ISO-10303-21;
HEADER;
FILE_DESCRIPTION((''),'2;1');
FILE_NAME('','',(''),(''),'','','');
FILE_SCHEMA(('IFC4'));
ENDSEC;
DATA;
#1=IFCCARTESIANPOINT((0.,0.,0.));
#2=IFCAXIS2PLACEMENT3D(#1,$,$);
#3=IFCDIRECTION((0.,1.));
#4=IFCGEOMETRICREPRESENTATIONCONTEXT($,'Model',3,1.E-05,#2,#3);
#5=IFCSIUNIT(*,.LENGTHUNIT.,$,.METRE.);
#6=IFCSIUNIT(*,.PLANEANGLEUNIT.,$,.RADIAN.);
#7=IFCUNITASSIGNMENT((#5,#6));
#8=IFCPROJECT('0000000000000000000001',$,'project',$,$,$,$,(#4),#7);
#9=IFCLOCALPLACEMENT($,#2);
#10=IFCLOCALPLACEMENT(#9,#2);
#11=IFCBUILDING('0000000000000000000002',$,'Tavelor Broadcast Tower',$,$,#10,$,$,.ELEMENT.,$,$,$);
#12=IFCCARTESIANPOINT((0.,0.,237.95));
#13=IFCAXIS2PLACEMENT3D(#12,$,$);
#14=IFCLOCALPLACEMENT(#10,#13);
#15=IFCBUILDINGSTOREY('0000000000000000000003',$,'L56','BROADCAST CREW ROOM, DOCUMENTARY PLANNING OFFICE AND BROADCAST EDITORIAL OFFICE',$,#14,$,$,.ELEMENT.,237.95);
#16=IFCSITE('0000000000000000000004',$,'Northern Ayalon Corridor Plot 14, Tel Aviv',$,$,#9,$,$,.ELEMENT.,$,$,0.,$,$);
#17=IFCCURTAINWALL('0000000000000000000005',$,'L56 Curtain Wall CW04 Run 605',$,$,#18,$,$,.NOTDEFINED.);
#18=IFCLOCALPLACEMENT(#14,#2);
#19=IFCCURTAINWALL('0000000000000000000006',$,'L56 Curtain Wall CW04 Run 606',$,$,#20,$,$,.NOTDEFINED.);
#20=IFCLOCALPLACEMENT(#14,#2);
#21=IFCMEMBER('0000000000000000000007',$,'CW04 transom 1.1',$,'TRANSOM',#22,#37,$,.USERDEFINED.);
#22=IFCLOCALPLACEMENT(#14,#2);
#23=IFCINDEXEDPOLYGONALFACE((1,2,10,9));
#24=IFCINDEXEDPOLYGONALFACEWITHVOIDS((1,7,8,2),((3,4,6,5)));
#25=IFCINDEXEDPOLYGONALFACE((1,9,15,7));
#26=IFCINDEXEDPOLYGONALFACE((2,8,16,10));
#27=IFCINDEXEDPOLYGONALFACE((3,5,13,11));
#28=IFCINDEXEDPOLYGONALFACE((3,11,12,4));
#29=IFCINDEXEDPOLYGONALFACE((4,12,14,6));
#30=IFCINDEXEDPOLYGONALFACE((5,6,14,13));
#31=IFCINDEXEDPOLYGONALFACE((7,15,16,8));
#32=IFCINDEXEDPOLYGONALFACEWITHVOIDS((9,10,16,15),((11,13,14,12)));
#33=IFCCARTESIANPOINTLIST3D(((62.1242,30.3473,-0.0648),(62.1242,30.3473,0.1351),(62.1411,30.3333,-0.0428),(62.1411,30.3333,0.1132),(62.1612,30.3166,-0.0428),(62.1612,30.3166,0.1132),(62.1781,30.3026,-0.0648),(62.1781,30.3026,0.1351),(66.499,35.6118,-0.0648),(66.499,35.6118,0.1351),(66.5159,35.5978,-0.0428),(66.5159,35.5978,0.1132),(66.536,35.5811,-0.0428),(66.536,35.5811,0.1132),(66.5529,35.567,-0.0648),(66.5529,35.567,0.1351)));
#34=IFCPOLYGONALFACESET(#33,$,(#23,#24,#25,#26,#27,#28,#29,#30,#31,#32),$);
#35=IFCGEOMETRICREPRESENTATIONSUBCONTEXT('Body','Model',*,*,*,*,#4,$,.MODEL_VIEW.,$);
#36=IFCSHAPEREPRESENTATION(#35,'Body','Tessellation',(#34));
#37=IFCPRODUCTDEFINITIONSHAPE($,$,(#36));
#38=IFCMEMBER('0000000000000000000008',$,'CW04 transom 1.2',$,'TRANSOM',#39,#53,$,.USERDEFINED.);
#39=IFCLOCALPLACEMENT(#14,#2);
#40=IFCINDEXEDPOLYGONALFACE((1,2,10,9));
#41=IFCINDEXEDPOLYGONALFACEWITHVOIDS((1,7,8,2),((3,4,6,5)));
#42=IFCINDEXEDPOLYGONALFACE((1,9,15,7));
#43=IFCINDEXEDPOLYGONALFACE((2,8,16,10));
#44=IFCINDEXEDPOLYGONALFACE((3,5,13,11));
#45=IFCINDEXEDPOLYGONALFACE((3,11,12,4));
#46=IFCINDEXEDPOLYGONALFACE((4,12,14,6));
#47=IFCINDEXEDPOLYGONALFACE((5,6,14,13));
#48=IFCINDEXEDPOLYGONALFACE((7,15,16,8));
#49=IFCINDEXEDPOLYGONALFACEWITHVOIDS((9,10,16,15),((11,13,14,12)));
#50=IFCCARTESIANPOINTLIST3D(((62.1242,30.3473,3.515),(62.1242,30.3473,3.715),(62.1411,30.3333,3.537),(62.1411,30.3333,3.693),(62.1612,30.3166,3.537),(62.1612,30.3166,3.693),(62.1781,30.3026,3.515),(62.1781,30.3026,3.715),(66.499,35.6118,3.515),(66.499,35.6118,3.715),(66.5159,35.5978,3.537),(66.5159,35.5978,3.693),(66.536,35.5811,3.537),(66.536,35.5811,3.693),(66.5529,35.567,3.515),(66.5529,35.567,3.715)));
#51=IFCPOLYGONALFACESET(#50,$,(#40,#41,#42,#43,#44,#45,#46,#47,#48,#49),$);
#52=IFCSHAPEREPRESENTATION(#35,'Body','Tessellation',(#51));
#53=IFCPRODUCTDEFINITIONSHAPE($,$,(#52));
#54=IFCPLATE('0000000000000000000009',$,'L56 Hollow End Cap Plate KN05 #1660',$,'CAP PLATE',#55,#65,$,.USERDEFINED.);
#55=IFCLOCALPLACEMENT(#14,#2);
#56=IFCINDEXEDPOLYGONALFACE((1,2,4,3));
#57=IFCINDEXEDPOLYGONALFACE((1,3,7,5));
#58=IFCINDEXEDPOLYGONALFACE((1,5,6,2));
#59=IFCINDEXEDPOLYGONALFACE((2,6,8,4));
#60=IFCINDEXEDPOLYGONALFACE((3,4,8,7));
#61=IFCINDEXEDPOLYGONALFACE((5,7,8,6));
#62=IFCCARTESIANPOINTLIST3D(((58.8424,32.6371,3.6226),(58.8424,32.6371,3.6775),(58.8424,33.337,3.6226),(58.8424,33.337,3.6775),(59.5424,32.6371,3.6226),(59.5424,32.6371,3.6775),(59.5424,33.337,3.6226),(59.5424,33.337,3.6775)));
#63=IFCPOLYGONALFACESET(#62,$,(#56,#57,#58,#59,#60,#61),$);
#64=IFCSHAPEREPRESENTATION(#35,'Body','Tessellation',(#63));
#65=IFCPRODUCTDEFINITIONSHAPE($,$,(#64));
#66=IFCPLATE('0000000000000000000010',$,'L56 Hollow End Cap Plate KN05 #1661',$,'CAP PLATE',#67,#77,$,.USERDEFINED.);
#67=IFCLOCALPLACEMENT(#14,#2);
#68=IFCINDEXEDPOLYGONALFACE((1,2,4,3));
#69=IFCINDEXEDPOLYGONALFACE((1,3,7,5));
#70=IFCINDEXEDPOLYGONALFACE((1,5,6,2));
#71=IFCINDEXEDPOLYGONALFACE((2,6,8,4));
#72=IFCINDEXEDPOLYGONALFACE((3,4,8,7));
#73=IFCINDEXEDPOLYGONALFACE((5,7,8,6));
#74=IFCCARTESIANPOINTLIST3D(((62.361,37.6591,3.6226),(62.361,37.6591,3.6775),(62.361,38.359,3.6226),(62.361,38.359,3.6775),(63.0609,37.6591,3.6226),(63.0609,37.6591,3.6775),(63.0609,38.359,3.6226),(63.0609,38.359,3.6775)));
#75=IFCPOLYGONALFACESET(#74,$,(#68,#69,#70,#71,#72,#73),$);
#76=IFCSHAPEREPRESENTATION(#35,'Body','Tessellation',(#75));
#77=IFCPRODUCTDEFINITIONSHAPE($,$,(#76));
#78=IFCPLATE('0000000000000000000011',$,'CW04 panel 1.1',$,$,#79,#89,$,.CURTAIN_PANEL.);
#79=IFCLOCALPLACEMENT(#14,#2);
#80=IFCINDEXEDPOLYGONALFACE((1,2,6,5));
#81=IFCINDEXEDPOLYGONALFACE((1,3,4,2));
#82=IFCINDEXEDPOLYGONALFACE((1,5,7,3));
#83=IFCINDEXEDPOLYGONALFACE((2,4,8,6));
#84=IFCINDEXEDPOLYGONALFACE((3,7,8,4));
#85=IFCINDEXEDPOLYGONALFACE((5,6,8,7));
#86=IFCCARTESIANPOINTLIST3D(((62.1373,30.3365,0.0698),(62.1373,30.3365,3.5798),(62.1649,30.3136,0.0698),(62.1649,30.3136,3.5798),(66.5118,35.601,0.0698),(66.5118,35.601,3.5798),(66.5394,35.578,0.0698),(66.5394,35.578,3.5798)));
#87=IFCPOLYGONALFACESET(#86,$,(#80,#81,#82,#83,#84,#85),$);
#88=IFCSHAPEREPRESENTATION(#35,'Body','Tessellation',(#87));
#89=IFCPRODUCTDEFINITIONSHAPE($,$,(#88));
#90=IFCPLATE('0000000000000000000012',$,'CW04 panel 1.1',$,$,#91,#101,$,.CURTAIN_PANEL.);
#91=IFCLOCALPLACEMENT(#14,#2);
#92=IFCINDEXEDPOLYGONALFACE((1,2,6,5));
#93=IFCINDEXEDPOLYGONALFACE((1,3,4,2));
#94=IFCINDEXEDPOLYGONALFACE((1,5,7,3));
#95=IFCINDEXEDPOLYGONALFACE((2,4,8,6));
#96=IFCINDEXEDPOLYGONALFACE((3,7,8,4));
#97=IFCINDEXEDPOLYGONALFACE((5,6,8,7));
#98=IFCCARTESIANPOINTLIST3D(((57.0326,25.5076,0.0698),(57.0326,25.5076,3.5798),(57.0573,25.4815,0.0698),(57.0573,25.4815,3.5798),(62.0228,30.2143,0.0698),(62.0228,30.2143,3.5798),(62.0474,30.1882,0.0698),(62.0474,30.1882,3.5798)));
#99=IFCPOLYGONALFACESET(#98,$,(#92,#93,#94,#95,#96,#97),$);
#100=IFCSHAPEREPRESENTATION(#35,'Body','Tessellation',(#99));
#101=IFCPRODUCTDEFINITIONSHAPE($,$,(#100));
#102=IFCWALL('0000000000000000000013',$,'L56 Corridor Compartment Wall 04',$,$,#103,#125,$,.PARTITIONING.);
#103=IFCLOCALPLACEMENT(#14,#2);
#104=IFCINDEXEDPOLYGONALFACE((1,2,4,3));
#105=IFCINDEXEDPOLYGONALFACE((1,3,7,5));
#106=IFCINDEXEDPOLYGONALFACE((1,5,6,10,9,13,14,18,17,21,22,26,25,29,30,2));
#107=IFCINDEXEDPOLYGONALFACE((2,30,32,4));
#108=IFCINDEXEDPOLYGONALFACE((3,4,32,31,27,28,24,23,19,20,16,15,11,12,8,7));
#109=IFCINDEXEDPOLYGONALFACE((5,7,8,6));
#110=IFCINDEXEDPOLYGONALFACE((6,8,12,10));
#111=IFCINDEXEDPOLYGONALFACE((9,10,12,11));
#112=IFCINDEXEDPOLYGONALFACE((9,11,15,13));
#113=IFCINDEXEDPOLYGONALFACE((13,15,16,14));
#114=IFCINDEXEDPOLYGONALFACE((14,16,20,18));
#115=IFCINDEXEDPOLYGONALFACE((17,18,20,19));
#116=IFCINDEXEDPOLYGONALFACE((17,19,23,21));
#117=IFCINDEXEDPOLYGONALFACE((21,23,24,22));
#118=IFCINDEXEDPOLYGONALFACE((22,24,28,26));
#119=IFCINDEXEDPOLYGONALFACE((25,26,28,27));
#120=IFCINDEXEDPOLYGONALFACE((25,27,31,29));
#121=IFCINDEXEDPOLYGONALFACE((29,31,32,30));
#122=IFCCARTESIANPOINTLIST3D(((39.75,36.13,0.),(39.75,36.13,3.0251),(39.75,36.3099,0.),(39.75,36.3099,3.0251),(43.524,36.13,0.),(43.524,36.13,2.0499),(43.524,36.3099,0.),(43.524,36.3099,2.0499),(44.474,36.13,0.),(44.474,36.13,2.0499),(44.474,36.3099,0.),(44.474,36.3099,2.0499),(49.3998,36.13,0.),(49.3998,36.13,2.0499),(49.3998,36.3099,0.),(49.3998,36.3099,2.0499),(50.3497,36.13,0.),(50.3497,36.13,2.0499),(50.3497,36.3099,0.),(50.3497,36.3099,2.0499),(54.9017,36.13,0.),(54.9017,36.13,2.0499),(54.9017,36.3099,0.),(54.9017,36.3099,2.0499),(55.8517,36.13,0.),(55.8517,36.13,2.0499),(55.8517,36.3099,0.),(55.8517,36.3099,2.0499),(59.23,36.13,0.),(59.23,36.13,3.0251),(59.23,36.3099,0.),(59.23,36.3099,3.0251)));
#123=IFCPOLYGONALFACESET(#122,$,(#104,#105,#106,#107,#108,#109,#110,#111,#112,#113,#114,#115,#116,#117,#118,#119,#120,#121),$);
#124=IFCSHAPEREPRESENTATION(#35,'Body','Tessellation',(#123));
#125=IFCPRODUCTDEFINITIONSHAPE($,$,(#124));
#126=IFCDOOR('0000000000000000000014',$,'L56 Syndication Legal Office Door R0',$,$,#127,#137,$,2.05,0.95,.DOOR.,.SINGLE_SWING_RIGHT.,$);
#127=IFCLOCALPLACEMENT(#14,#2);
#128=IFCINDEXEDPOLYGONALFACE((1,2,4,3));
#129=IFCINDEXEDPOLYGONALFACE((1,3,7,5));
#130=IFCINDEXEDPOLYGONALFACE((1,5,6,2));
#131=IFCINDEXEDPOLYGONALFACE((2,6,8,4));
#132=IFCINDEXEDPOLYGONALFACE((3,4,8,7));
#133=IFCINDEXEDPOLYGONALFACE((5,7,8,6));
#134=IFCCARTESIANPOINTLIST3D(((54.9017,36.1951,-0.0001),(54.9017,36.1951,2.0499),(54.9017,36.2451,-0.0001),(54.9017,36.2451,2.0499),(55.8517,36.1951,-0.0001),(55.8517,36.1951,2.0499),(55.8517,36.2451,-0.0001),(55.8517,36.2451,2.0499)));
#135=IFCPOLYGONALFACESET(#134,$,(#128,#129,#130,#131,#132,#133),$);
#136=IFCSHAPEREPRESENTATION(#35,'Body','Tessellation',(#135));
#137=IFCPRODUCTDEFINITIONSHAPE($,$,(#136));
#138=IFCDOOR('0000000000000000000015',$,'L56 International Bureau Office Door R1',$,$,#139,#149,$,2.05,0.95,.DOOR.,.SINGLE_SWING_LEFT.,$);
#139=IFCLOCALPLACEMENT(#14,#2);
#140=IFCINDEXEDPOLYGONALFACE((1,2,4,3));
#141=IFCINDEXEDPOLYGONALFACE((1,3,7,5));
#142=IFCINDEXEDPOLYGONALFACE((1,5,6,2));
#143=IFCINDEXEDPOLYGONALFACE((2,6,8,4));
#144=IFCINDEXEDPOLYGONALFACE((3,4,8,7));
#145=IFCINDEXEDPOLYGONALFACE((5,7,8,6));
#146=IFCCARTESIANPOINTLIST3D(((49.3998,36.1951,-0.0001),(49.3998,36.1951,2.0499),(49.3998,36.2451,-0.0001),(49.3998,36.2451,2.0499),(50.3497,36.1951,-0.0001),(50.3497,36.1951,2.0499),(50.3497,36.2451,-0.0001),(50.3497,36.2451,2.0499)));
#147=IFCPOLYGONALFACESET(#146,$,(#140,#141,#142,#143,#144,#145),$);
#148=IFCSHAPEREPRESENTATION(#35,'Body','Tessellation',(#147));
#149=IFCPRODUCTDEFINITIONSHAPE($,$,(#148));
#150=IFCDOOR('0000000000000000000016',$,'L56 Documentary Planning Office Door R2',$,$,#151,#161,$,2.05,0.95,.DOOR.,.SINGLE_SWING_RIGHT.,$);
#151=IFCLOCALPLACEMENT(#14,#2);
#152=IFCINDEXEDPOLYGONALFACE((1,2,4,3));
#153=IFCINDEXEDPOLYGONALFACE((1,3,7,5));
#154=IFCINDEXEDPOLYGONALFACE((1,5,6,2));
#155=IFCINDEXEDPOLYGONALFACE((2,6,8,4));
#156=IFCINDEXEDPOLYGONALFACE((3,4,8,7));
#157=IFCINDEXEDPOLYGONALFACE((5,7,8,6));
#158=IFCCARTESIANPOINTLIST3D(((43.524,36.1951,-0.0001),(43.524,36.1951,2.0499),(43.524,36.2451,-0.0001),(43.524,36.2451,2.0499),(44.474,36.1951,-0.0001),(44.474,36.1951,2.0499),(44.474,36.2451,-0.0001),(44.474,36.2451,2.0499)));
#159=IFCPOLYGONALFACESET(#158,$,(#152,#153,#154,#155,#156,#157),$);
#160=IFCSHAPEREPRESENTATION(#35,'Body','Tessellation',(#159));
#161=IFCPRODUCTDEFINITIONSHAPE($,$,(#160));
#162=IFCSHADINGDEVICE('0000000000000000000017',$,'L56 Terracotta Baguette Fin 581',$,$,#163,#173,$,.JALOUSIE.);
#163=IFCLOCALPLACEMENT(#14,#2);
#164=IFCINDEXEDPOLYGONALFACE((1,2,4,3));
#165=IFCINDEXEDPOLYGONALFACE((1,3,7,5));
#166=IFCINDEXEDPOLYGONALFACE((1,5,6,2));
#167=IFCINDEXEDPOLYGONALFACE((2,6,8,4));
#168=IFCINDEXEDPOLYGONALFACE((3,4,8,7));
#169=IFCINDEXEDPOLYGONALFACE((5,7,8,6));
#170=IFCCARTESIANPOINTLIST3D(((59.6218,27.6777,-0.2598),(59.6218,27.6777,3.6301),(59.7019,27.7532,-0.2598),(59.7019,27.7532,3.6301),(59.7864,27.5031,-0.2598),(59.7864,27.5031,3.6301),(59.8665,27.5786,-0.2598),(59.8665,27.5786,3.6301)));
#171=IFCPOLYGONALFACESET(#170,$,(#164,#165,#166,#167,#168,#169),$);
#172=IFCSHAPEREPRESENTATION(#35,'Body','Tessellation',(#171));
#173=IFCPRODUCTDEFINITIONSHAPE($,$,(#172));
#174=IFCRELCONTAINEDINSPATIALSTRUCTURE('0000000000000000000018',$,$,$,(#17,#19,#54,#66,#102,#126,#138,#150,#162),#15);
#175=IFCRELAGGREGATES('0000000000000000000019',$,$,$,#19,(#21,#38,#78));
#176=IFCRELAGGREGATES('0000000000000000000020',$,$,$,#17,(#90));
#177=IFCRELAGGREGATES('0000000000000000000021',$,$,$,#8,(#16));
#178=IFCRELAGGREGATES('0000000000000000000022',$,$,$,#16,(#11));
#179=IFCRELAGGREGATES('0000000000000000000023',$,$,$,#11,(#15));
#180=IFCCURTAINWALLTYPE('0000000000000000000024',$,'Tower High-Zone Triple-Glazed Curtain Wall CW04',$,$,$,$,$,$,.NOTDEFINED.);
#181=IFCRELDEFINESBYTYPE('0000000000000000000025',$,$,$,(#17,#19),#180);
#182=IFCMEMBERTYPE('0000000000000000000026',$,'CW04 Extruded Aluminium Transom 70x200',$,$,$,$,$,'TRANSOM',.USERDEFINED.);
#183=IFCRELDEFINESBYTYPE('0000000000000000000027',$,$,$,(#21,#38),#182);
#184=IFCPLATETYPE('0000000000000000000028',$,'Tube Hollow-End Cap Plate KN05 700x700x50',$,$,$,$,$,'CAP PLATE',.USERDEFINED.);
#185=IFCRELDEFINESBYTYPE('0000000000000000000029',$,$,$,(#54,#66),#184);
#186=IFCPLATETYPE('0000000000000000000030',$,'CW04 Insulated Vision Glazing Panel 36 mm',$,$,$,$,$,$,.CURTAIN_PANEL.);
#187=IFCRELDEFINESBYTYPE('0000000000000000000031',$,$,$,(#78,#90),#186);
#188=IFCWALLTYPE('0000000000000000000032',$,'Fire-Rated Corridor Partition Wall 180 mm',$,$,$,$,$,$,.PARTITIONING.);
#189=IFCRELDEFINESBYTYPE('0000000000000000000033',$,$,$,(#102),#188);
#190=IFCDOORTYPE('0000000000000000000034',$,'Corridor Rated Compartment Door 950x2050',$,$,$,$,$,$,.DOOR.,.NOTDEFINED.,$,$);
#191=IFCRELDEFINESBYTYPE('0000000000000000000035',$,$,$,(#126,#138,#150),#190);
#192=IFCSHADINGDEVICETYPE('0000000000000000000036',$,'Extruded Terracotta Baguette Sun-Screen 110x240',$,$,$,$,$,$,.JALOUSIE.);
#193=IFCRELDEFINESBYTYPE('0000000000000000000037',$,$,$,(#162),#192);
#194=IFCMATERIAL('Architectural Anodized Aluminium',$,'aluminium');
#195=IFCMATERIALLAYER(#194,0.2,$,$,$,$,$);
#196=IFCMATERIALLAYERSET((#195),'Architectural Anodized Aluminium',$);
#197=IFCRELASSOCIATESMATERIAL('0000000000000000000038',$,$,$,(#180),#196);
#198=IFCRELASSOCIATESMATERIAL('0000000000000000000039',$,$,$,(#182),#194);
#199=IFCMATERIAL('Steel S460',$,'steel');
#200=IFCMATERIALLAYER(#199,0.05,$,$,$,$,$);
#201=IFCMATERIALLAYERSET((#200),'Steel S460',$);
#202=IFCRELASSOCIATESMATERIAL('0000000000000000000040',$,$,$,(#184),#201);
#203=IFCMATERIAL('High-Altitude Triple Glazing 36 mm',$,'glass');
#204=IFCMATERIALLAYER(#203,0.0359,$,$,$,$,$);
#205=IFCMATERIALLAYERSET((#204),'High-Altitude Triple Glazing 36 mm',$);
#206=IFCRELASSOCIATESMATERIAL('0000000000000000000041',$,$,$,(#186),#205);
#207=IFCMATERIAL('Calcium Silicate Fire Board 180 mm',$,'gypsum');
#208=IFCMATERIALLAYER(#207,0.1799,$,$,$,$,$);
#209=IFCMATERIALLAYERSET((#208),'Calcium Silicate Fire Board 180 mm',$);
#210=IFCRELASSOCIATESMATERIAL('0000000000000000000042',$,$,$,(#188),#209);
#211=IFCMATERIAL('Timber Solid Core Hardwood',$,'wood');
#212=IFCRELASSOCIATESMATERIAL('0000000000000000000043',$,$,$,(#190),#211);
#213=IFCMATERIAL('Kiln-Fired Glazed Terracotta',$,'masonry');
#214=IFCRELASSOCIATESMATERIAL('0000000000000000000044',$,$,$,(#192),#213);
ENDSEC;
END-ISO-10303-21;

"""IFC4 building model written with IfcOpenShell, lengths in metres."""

from ifc_helpers import new_model, si_unit, direction, frame, frame_2d, origin, origin_2d, place, context, subcontext, project, spatial, rectangle, hollow_rectangle, extrude, source, transform, mapped, material, layer, layer_set, material_profile, profile_set, type_object, type_shapes, element, fill, aggregate, save


model = new_model("IFC4")

# Units and contexts
model_context = context("Model", 3, precision=1e-05, world=origin(), true_north=direction((0.0, 1.0)))
body_context = subcontext(model_context, "Body", "Model", "MODEL_VIEW")
ifc_project = project(units=[si_unit("LENGTHUNIT", "METRE"), si_unit("PLANEANGLEUNIT", "RADIAN")], contexts=[model_context])

# Site, building, storey
site_placement = place(None, origin())
site = spatial("IfcSite", under=ifc_project, at=site_placement, Name="Northern Ayalon Corridor Plot 14, Tel Aviv", CompositionType="ELEMENT", RefElevation=0.0)
building_placement = place(site_placement, origin())
building = spatial("IfcBuilding", under=site, at=building_placement, Name="Tavelor Broadcast Tower", CompositionType="ELEMENT")
storey_placement = place(building_placement, frame((0.0, 0.0, 237.95)))
storey = spatial("IfcBuildingStorey", under=building, at=storey_placement, Name="L56", Description="BROADCAST CREW ROOM, DOCUMENTARY PLANNING OFFICE AND BROADCAST EDITORIAL OFFICE", CompositionType="ELEMENT", Elevation=237.95)

# Shared definitions
ifc_material_1 = material(Name="Steel S460", Category="steel")

# Curtain wall
ifc_material_2 = material(Name="Architectural Anodized Aluminium", Category="aluminium")
ifc_layer_1 = layer(ifc_material_2, 0.2)
ifc_layer_set_1 = layer_set([ifc_layer_1], Name="Architectural Anodized Aluminium")
curtain_wall_type = type_object("IfcCurtainWallType", Name="Tower High-Zone Triple-Glazed Curtain Wall CW04", PredefinedType="NOTDEFINED", material=ifc_layer_set_1)
curtain_wall_1_placement = place(storey_placement, origin())
curtain_wall_1 = element("IfcCurtainWall", 1, at=curtain_wall_1_placement, inside=storey, type_object=curtain_wall_type, Name="L56 Curtain Wall CW04 Run 605", PredefinedType="NOTDEFINED")

# Curtain wall
curtain_wall_2_placement = place(storey_placement, origin())
curtain_wall_2 = element("IfcCurtainWall", 2, at=curtain_wall_2_placement, inside=storey, type_object=curtain_wall_type, Name="L56 Curtain Wall CW04 Run 606", PredefinedType="NOTDEFINED")
ifc_material_profile_1 = material_profile(ifc_material_2, hollow_rectangle(XDim=0.0701, YDim=0.2, WallThickness=0.022, at=origin_2d()), Name="RHS 70x200x22")
ifc_profile_set_1 = profile_set([ifc_material_profile_1], Name="Architectural Anodized Aluminium")
member_type_1 = type_object("IfcMemberType", Name="CW04 Extruded Aluminium Transom 70x200", ElementType="TRANSOM", PredefinedType="USERDEFINED", material=ifc_profile_set_1)

# Members
shared_shape_1 = source(origin(), body_context, "Body", "SweptSolid", [
    extrude(hollow_rectangle(XDim=0.0701, YDim=0.2, WallThickness=0.022, at=origin_2d()), origin(), (0.0, 0.0, 1.0), 6.845),
])
member_1_placement = place(storey_placement, frame((62.1511, 30.325, 0.0352), z_axis=(0.639128, 0.769101, 0.0), x_axis=(-0.769101, 0.639128, 0.0)))
member_1 = element("IfcMember", 3, at=member_1_placement, type_object=member_type_1, Name="CW04 transom 1.1", ObjectType="TRANSOM", PredefinedType="USERDEFINED", context=body_context, shape_type="MappedRepresentation", body=[
    mapped(shared_shape_1, transform((0.0, 0.0, 0.0), scale=1.0)),
])
member_2_placement = place(storey_placement, frame((62.1511, 30.325, 3.615), z_axis=(0.639128, 0.769101, 0.0), x_axis=(-0.769101, 0.639128, 0.0)))
member_2 = element("IfcMember", 4, at=member_2_placement, type_object=member_type_1, Name="CW04 transom 1.2", ObjectType="TRANSOM", PredefinedType="USERDEFINED", context=body_context, shape_type="MappedRepresentation", body=[
    mapped(shared_shape_1, transform((0.0, 0.0, 0.0), scale=1.0)),
])

# Plates
ifc_layer_2 = layer(ifc_material_1, 0.05)
ifc_layer_set_2 = layer_set([ifc_layer_2], Name="Steel S460")
plate_type_1 = type_object("IfcPlateType", Name="Tube Hollow-End Cap Plate KN05 700x700x50", ElementType="CAP PLATE", PredefinedType="USERDEFINED", material=ifc_layer_set_2)
shared_shape_2 = source(origin(), body_context, "Body", "SweptSolid", [
    extrude(rectangle(XDim=0.7, YDim=0.7, at=origin_2d()), origin(), (0.0, 0.0, 1.0), 0.0549),
])
type_shapes(plate_type_1, [shared_shape_2])
for number, where, z_axis, x_axis, name in (
    (5, (59.1924, 32.9871, 3.6226), (0.0, 0.0, 1.0), (1.0, 0.0, 0.0), "L56 Hollow End Cap Plate KN05 #1660"),
    (6, (62.7109, 38.009, 3.6226), (0.0, 0.0, 1.0), (1.0, 0.0, 0.0), "L56 Hollow End Cap Plate KN05 #1661"),
):
    element("IfcPlate", number, at=place(storey_placement, frame(where, z_axis=z_axis, x_axis=x_axis)), inside=storey, type_object=plate_type_1, Name=name, ObjectType="CAP PLATE", PredefinedType="USERDEFINED", context=body_context, shape_type="MappedRepresentation", body=[
        mapped(shared_shape_2, transform((0.0, 0.0, 0.0), scale=1.0)),
    ])

# Plates
ifc_material_3 = material(Name="High-Altitude Triple Glazing 36 mm", Category="glass")
ifc_layer_3 = layer(ifc_material_3, 0.0359)
ifc_layer_set_3 = layer_set([ifc_layer_3], Name="High-Altitude Triple Glazing 36 mm")
plate_type_2 = type_object("IfcPlateType", Name="CW04 Insulated Vision Glazing Panel 36 mm", PredefinedType="CURTAIN_PANEL", material=ifc_layer_set_3)
shared_shape_3 = source(origin(), body_context, "Body", "SweptSolid", [
    extrude(rectangle(XDim=6.8447, YDim=0.0359, at=origin_2d()), origin(), (0.0, 0.0, 1.0), 3.51),
])
plate_1_placement = place(storey_placement, frame((64.3384, 32.9573, 0.0698), z_axis=(0.0, 0.0, 1.0), x_axis=(0.639099, 0.769124, 0.0)))
plate_1 = element("IfcPlate", 7, at=plate_1_placement, type_object=plate_type_2, Name="CW04 panel 1.1", PredefinedType="CURTAIN_PANEL", context=body_context, shape_type="MappedRepresentation", body=[
    mapped(shared_shape_3, transform((0.0, 0.0, 0.0), scale=1.0)),
])
aggregate(curtain_wall_2, [member_1, member_2, plate_1])
shared_shape_4 = source(origin(), body_context, "Body", "SweptSolid", [
    extrude(rectangle(XDim=6.8596, YDim=0.0359, at=origin_2d()), origin(), (0.0, 0.0, 1.0), 3.51),
])
type_shapes(plate_type_2, [shared_shape_3, shared_shape_4])
plate_2_placement = place(storey_placement, frame((59.54, 27.8479, 0.0698), z_axis=(0.0, 0.0, 1.0), x_axis=(0.72747, 0.68614, 0.0)))
plate_2 = element("IfcPlate", 8, at=plate_2_placement, type_object=plate_type_2, Name="CW04 panel 1.1", PredefinedType="CURTAIN_PANEL", context=body_context, shape_type="MappedRepresentation", body=[
    mapped(shared_shape_4, transform((0.0, 0.0, 0.0), scale=1.0)),
])
aggregate(curtain_wall_1, [plate_2])

# Wall, openings, doors
ifc_material_4 = material(Name="Calcium Silicate Fire Board 180 mm", Category="gypsum")
ifc_layer_4 = layer(ifc_material_4, 0.1799)
ifc_layer_set_4 = layer_set([ifc_layer_4], Name="Calcium Silicate Fire Board 180 mm")
wall_type = type_object("IfcWallType", Name="Fire-Rated Corridor Partition Wall 180 mm", PredefinedType="PARTITIONING", material=ifc_layer_set_4)
wall_placement = place(storey_placement, frame((59.23, 36.22, 0.0), z_axis=(0.0, 0.0, 1.0), x_axis=(-1.0, 0.0, 0.0)))
wall = element("IfcWall", 9, at=wall_placement, inside=storey, type_object=wall_type, Name="L56 Corridor Compartment Wall 04", PredefinedType="PARTITIONING", context=body_context, shape_type="SweptSolid", body=[
    extrude(rectangle(XDim=19.48, YDim=0.1799, at=frame_2d((9.74, 0.0))), origin(), (0.0, 0.0, 1.0), 3.0251),
])
opening_1_placement = place(wall_placement, frame((3.3782, 0.0, 0.0)))
opening_1 = element("IfcOpeningElement", 10, at=opening_1_placement, cuts=wall, PredefinedType="OPENING", context=body_context, shape_type="SweptSolid", body=[
    extrude(rectangle(XDim=0.95, YDim=2.05, at=frame_2d((0.4751, 1.0249))), frame((0.0, 0.1001, 0.0), z_axis=(0.0, -1.0, 0.0), x_axis=(1.0, 0.0, 0.0)), (0.0, 0.0, 1.0), 0.2),
])
opening_2_placement = place(wall_placement, frame((8.8801, 0.0, 0.0)))
opening_2 = element("IfcOpeningElement", 11, at=opening_2_placement, cuts=wall, PredefinedType="OPENING", context=body_context, shape_type="SweptSolid", body=[
    extrude(rectangle(XDim=0.95, YDim=2.05, at=frame_2d((0.4751, 1.0249))), frame((0.0, 0.1001, 0.0), z_axis=(0.0, -1.0, 0.0), x_axis=(1.0, 0.0, 0.0)), (0.0, 0.0, 1.0), 0.2),
])
opening_3_placement = place(wall_placement, frame((14.7559, 0.0, 0.0)))
opening_3 = element("IfcOpeningElement", 12, at=opening_3_placement, cuts=wall, PredefinedType="OPENING", context=body_context, shape_type="SweptSolid", body=[
    extrude(rectangle(XDim=0.95, YDim=2.05, at=frame_2d((0.4751, 1.0249))), frame((0.0, 0.1001, 0.0), z_axis=(0.0, -1.0, 0.0), x_axis=(1.0, 0.0, 0.0)), (0.0, 0.0, 1.0), 0.2),
])
ifc_material_5 = material(Name="Timber Solid Core Hardwood", Category="wood")
door_type = type_object("IfcDoorType", Name="Corridor Rated Compartment Door 950x2050", OperationType="NOTDEFINED", PredefinedType="DOOR", material=ifc_material_5)
door_1_placement = place(opening_1_placement, origin())
door_1 = element("IfcDoor", 13, at=door_1_placement, inside=storey, type_object=door_type, Name="L56 Syndication Legal Office Door R0", OperationType="SINGLE_SWING_RIGHT", OverallHeight=2.05, OverallWidth=0.95, PredefinedType="DOOR", context=body_context, shape_type="SweptSolid", body=[
    extrude(rectangle(XDim=0.95, YDim=2.05, at=frame_2d((0.4751, 1.0249))), frame((0.0, 0.0249, 0.0), z_axis=(0.0, -1.0, 0.0), x_axis=(1.0, 0.0, 0.0)), (0.0, 0.0, 1.0), 0.05),
])
fill(opening_1, door_1)
door_2_placement = place(opening_2_placement, origin())
door_2 = element("IfcDoor", 14, at=door_2_placement, inside=storey, type_object=door_type, Name="L56 International Bureau Office Door R1", OperationType="SINGLE_SWING_LEFT", OverallHeight=2.05, OverallWidth=0.95, PredefinedType="DOOR", context=body_context, shape_type="SweptSolid", body=[
    extrude(rectangle(XDim=0.95, YDim=2.05, at=frame_2d((0.4751, 1.0249))), frame((0.0, 0.0249, 0.0), z_axis=(0.0, -1.0, 0.0), x_axis=(1.0, 0.0, 0.0)), (0.0, 0.0, 1.0), 0.05),
])
fill(opening_2, door_2)
door_3_placement = place(opening_3_placement, origin())
door_3 = element("IfcDoor", 15, at=door_3_placement, inside=storey, type_object=door_type, Name="L56 Documentary Planning Office Door R2", OperationType="SINGLE_SWING_RIGHT", OverallHeight=2.05, OverallWidth=0.95, PredefinedType="DOOR", context=body_context, shape_type="SweptSolid", body=[
    extrude(rectangle(XDim=0.95, YDim=2.05, at=frame_2d((0.4751, 1.0249))), frame((0.0, 0.0249, 0.0), z_axis=(0.0, -1.0, 0.0), x_axis=(1.0, 0.0, 0.0)), (0.0, 0.0, 1.0), 0.05),
])
fill(opening_3, door_3)

# Shading device
ifc_material_6 = material(Name="Kiln-Fired Glazed Terracotta", Category="masonry")
shading_device_type = type_object("IfcShadingDeviceType", Name="Extruded Terracotta Baguette Sun-Screen 110x240", PredefinedType="JALOUSIE", material=ifc_material_6)
shared_shape_5 = source(origin(), body_context, "Body", "SweptSolid", [
    extrude(rectangle(XDim=0.1101, YDim=0.24, at=origin_2d()), origin(), (0.0, 0.0, 1.0), 3.8899),
])
type_shapes(shading_device_type, [shared_shape_5])
for number, where, z_axis, x_axis, name in (
    (16, (59.7441, 27.6282, -0.2598), (0.0, 0.0, 1.0), (0.727533, 0.686072, 0.0), "L56 Terracotta Baguette Fin 581"),
):
    element("IfcShadingDevice", number, at=place(storey_placement, frame(where, z_axis=z_axis, x_axis=x_axis)), inside=storey, type_object=shading_device_type, Name=name, PredefinedType="JALOUSIE", context=body_context, shape_type="MappedRepresentation", body=[
        mapped(shared_shape_5, transform((0.0, 0.0, 0.0), scale=1.0)),
    ])

save(model, "model.ifc")
